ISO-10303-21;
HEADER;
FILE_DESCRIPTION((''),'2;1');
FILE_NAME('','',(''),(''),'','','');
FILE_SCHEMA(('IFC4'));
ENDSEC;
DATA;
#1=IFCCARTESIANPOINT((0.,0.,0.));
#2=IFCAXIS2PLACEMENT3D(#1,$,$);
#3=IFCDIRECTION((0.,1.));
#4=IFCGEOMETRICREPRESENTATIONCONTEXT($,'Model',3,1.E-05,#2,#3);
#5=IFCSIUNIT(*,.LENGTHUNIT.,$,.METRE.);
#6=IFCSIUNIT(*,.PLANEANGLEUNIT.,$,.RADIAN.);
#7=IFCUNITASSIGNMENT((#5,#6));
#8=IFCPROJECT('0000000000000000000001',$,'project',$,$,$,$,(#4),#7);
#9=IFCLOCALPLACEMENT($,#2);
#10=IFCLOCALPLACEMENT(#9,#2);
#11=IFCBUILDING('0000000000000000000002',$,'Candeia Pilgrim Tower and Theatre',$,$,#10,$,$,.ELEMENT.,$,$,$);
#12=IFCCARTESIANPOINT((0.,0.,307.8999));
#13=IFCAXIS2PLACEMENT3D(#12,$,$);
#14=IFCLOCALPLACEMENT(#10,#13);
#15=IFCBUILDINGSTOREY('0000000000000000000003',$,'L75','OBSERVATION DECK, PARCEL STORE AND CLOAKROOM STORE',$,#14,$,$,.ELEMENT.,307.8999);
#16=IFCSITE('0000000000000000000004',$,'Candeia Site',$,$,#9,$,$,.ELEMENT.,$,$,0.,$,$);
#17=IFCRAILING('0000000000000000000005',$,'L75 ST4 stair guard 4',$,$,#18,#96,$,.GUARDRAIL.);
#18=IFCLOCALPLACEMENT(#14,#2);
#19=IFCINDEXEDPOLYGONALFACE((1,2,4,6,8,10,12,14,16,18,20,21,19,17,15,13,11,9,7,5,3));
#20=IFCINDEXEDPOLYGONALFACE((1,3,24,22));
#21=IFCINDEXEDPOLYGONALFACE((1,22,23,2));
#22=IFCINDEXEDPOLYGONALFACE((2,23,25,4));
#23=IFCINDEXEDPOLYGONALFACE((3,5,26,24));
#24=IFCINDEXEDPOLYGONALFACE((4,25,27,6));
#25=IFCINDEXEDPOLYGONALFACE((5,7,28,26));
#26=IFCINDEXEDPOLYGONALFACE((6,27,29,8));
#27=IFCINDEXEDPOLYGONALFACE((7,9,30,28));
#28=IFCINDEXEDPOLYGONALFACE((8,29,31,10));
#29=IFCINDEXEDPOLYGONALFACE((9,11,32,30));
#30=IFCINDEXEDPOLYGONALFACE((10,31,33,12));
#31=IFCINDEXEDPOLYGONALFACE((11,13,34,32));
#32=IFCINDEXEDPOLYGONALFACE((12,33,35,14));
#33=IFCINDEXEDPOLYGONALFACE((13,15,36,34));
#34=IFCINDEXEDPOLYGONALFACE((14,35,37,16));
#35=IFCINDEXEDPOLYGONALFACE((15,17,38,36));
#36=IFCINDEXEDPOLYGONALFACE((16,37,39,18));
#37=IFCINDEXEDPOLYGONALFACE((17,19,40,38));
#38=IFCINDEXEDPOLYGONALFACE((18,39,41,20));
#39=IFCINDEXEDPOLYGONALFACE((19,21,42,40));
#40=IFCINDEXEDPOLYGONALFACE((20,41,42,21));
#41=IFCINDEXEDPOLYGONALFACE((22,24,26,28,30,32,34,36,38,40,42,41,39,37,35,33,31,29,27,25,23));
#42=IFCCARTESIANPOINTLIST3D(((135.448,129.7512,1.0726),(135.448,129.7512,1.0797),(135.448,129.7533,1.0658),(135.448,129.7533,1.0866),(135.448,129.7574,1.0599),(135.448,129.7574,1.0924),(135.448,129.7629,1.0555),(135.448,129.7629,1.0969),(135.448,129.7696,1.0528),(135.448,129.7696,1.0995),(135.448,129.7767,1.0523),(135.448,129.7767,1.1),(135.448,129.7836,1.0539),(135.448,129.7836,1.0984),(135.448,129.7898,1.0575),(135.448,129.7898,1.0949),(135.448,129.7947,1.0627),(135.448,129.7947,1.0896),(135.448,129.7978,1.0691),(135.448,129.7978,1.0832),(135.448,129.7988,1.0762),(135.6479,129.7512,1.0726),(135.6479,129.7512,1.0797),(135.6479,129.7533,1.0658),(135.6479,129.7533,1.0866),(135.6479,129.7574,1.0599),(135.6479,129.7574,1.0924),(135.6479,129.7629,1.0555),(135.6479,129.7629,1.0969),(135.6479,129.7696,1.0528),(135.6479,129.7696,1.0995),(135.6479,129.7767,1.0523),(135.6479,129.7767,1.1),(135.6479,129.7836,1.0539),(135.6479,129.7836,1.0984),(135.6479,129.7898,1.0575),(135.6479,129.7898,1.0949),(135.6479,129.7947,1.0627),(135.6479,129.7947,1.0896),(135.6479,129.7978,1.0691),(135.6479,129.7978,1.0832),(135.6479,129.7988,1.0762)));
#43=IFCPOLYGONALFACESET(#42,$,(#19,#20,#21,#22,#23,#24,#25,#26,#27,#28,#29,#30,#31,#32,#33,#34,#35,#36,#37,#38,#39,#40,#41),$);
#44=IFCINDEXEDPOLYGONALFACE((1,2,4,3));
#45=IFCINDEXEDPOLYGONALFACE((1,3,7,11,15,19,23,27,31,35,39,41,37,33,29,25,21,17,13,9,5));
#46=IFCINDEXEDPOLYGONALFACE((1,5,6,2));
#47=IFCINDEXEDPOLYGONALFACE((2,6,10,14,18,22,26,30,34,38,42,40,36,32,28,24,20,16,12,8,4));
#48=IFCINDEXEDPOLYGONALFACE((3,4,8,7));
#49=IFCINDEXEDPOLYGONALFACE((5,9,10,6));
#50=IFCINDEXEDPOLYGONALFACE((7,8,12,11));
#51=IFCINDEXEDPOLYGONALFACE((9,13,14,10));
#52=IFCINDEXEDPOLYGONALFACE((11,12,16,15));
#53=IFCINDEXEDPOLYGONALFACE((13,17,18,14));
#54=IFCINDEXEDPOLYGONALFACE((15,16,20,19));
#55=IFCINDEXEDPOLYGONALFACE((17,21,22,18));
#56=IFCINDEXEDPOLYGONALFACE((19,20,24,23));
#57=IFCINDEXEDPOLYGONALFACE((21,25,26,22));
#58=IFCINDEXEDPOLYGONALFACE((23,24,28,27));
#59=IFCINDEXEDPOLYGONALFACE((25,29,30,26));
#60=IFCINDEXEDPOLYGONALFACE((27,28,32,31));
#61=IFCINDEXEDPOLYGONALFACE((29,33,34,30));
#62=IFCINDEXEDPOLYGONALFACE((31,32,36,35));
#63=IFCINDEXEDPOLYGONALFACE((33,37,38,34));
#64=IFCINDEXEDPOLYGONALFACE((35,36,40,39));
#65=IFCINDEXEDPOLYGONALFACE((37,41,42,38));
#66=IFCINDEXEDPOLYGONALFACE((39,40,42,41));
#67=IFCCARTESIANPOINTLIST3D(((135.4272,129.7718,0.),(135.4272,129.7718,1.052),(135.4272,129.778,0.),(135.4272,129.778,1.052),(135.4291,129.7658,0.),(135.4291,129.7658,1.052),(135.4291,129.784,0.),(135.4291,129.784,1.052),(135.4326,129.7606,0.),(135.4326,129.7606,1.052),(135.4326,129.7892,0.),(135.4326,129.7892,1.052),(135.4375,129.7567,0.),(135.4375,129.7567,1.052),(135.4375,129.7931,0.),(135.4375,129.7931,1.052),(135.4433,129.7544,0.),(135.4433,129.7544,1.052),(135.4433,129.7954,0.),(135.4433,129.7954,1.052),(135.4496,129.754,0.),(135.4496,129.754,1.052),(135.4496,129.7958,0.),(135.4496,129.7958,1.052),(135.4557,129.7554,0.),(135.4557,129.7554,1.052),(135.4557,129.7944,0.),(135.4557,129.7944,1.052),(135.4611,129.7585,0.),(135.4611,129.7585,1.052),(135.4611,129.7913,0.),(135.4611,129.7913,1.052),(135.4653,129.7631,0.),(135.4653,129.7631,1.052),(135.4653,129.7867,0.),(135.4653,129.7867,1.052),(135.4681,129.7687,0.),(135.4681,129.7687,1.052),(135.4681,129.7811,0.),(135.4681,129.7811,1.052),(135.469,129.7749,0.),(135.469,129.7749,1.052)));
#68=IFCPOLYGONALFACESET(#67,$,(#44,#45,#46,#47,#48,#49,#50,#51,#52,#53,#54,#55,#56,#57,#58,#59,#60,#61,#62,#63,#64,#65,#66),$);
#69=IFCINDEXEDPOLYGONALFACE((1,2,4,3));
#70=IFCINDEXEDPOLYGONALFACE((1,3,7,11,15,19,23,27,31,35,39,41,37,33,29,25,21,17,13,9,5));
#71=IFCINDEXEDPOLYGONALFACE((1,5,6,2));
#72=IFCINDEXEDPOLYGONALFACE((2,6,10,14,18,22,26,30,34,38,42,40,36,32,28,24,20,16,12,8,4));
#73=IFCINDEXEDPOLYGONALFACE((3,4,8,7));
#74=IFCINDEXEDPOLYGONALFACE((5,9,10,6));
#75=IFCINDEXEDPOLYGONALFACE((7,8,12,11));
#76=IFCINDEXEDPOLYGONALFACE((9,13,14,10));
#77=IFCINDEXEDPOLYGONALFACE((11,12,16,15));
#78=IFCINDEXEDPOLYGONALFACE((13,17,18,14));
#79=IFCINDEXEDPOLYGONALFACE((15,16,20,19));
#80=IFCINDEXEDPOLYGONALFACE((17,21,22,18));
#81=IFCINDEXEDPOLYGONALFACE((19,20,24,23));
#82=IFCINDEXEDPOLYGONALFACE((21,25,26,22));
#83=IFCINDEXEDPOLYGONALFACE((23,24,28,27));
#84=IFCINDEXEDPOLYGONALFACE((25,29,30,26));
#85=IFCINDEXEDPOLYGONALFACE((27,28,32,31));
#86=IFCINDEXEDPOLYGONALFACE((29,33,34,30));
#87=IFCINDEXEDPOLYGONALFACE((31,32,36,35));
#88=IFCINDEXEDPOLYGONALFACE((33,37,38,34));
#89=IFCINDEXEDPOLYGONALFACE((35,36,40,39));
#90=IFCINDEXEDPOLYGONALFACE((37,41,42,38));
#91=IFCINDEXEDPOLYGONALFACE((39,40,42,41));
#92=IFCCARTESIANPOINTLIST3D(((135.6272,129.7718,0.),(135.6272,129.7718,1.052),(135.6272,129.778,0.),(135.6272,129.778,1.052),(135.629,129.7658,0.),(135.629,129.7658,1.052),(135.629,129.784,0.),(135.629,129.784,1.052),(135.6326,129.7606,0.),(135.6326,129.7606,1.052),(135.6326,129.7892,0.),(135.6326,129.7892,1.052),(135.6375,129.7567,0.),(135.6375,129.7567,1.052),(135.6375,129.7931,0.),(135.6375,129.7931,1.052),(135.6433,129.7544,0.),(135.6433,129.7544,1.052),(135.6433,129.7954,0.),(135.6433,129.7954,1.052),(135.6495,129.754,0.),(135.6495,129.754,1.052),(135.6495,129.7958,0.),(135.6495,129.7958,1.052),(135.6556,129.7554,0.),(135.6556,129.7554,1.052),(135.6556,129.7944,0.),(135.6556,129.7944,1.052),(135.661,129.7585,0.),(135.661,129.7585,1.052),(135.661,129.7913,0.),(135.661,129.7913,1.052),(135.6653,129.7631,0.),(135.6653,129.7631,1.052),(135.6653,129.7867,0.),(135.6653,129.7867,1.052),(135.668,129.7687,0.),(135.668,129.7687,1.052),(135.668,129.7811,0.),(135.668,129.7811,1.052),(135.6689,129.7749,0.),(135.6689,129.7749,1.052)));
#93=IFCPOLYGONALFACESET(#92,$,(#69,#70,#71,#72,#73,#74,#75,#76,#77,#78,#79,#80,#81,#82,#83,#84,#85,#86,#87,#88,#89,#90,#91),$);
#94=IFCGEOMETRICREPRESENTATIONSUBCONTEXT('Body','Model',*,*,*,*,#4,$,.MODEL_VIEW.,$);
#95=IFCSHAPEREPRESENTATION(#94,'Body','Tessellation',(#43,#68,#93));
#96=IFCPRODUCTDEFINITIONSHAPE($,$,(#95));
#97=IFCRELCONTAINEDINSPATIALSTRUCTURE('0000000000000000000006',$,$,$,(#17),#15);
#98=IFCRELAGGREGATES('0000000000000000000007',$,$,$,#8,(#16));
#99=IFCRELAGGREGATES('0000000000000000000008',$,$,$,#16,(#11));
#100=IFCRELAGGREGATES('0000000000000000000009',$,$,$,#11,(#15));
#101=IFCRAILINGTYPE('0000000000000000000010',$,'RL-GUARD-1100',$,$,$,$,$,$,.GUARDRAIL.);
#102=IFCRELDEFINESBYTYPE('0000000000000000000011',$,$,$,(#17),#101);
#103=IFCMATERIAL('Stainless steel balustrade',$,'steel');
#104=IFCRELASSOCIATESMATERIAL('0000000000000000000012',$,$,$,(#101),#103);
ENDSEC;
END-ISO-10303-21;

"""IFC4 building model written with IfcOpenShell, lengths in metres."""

from ifc_helpers import new_model, si_unit, direction, frame, origin, origin_2d, place, context, subcontext, project, spatial, circle, extrude, material, type_object, element, save


model = new_model("IFC4")

# Units and contexts
model_context = context("Model", 3, precision=1e-05, world=origin(), true_north=direction((0.0, 1.0)))
body_context = subcontext(model_context, "Body", "Model", "MODEL_VIEW")
ifc_project = project(units=[si_unit("LENGTHUNIT", "METRE"), si_unit("PLANEANGLEUNIT", "RADIAN")], contexts=[model_context])

# Site, building, storey
site_placement = place(None, origin())
site = spatial("IfcSite", under=ifc_project, at=site_placement, Name="Candeia Site", CompositionType="ELEMENT", RefElevation=0.0)
building_placement = place(site_placement, origin())
building = spatial("IfcBuilding", under=site, at=building_placement, Name="Candeia Pilgrim Tower and Theatre", CompositionType="ELEMENT")
storey_placement = place(building_placement, frame((0.0, 0.0, 307.8999)))
storey = spatial("IfcBuildingStorey", under=building, at=storey_placement, Name="L75", Description="OBSERVATION DECK, PARCEL STORE AND CLOAKROOM STORE", CompositionType="ELEMENT", Elevation=307.8999)

# Railing
ifc_material_1 = material(Name="Stainless steel balustrade", Category="steel")
railing_type_1 = type_object("IfcRailingType", Name="RL-GUARD-1100", PredefinedType="GUARDRAIL", material=ifc_material_1)
for number, where, name in (
    (1, (135.448, 129.7749, 0.0), "L75 ST4 stair guard 4"),
):
    element("IfcRailing", number, at=place(storey_placement, frame(where)), inside=storey, type_object=railing_type_1, Name=name, PredefinedType="GUARDRAIL", context=body_context, shape_type="SweptSolid", body=[
        extrude(circle(Radius=0.0239, at=origin_2d()), frame((0.0, 0.0, 1.0762), z_axis=(1.0, 0.0, 0.0), x_axis=(0.0, 1.0, 0.0)), (0.0, 0.0, 1.0), 0.2),
        extrude(circle(Radius=0.021, at=origin_2d()), origin(), (0.0, 0.0, 1.0), 1.052),
        extrude(circle(Radius=0.021, at=origin_2d()), frame((0.2, 0.0, 0.0)), (0.0, 0.0, 1.0), 1.052),
    ])

save(model, "model.ifc")
